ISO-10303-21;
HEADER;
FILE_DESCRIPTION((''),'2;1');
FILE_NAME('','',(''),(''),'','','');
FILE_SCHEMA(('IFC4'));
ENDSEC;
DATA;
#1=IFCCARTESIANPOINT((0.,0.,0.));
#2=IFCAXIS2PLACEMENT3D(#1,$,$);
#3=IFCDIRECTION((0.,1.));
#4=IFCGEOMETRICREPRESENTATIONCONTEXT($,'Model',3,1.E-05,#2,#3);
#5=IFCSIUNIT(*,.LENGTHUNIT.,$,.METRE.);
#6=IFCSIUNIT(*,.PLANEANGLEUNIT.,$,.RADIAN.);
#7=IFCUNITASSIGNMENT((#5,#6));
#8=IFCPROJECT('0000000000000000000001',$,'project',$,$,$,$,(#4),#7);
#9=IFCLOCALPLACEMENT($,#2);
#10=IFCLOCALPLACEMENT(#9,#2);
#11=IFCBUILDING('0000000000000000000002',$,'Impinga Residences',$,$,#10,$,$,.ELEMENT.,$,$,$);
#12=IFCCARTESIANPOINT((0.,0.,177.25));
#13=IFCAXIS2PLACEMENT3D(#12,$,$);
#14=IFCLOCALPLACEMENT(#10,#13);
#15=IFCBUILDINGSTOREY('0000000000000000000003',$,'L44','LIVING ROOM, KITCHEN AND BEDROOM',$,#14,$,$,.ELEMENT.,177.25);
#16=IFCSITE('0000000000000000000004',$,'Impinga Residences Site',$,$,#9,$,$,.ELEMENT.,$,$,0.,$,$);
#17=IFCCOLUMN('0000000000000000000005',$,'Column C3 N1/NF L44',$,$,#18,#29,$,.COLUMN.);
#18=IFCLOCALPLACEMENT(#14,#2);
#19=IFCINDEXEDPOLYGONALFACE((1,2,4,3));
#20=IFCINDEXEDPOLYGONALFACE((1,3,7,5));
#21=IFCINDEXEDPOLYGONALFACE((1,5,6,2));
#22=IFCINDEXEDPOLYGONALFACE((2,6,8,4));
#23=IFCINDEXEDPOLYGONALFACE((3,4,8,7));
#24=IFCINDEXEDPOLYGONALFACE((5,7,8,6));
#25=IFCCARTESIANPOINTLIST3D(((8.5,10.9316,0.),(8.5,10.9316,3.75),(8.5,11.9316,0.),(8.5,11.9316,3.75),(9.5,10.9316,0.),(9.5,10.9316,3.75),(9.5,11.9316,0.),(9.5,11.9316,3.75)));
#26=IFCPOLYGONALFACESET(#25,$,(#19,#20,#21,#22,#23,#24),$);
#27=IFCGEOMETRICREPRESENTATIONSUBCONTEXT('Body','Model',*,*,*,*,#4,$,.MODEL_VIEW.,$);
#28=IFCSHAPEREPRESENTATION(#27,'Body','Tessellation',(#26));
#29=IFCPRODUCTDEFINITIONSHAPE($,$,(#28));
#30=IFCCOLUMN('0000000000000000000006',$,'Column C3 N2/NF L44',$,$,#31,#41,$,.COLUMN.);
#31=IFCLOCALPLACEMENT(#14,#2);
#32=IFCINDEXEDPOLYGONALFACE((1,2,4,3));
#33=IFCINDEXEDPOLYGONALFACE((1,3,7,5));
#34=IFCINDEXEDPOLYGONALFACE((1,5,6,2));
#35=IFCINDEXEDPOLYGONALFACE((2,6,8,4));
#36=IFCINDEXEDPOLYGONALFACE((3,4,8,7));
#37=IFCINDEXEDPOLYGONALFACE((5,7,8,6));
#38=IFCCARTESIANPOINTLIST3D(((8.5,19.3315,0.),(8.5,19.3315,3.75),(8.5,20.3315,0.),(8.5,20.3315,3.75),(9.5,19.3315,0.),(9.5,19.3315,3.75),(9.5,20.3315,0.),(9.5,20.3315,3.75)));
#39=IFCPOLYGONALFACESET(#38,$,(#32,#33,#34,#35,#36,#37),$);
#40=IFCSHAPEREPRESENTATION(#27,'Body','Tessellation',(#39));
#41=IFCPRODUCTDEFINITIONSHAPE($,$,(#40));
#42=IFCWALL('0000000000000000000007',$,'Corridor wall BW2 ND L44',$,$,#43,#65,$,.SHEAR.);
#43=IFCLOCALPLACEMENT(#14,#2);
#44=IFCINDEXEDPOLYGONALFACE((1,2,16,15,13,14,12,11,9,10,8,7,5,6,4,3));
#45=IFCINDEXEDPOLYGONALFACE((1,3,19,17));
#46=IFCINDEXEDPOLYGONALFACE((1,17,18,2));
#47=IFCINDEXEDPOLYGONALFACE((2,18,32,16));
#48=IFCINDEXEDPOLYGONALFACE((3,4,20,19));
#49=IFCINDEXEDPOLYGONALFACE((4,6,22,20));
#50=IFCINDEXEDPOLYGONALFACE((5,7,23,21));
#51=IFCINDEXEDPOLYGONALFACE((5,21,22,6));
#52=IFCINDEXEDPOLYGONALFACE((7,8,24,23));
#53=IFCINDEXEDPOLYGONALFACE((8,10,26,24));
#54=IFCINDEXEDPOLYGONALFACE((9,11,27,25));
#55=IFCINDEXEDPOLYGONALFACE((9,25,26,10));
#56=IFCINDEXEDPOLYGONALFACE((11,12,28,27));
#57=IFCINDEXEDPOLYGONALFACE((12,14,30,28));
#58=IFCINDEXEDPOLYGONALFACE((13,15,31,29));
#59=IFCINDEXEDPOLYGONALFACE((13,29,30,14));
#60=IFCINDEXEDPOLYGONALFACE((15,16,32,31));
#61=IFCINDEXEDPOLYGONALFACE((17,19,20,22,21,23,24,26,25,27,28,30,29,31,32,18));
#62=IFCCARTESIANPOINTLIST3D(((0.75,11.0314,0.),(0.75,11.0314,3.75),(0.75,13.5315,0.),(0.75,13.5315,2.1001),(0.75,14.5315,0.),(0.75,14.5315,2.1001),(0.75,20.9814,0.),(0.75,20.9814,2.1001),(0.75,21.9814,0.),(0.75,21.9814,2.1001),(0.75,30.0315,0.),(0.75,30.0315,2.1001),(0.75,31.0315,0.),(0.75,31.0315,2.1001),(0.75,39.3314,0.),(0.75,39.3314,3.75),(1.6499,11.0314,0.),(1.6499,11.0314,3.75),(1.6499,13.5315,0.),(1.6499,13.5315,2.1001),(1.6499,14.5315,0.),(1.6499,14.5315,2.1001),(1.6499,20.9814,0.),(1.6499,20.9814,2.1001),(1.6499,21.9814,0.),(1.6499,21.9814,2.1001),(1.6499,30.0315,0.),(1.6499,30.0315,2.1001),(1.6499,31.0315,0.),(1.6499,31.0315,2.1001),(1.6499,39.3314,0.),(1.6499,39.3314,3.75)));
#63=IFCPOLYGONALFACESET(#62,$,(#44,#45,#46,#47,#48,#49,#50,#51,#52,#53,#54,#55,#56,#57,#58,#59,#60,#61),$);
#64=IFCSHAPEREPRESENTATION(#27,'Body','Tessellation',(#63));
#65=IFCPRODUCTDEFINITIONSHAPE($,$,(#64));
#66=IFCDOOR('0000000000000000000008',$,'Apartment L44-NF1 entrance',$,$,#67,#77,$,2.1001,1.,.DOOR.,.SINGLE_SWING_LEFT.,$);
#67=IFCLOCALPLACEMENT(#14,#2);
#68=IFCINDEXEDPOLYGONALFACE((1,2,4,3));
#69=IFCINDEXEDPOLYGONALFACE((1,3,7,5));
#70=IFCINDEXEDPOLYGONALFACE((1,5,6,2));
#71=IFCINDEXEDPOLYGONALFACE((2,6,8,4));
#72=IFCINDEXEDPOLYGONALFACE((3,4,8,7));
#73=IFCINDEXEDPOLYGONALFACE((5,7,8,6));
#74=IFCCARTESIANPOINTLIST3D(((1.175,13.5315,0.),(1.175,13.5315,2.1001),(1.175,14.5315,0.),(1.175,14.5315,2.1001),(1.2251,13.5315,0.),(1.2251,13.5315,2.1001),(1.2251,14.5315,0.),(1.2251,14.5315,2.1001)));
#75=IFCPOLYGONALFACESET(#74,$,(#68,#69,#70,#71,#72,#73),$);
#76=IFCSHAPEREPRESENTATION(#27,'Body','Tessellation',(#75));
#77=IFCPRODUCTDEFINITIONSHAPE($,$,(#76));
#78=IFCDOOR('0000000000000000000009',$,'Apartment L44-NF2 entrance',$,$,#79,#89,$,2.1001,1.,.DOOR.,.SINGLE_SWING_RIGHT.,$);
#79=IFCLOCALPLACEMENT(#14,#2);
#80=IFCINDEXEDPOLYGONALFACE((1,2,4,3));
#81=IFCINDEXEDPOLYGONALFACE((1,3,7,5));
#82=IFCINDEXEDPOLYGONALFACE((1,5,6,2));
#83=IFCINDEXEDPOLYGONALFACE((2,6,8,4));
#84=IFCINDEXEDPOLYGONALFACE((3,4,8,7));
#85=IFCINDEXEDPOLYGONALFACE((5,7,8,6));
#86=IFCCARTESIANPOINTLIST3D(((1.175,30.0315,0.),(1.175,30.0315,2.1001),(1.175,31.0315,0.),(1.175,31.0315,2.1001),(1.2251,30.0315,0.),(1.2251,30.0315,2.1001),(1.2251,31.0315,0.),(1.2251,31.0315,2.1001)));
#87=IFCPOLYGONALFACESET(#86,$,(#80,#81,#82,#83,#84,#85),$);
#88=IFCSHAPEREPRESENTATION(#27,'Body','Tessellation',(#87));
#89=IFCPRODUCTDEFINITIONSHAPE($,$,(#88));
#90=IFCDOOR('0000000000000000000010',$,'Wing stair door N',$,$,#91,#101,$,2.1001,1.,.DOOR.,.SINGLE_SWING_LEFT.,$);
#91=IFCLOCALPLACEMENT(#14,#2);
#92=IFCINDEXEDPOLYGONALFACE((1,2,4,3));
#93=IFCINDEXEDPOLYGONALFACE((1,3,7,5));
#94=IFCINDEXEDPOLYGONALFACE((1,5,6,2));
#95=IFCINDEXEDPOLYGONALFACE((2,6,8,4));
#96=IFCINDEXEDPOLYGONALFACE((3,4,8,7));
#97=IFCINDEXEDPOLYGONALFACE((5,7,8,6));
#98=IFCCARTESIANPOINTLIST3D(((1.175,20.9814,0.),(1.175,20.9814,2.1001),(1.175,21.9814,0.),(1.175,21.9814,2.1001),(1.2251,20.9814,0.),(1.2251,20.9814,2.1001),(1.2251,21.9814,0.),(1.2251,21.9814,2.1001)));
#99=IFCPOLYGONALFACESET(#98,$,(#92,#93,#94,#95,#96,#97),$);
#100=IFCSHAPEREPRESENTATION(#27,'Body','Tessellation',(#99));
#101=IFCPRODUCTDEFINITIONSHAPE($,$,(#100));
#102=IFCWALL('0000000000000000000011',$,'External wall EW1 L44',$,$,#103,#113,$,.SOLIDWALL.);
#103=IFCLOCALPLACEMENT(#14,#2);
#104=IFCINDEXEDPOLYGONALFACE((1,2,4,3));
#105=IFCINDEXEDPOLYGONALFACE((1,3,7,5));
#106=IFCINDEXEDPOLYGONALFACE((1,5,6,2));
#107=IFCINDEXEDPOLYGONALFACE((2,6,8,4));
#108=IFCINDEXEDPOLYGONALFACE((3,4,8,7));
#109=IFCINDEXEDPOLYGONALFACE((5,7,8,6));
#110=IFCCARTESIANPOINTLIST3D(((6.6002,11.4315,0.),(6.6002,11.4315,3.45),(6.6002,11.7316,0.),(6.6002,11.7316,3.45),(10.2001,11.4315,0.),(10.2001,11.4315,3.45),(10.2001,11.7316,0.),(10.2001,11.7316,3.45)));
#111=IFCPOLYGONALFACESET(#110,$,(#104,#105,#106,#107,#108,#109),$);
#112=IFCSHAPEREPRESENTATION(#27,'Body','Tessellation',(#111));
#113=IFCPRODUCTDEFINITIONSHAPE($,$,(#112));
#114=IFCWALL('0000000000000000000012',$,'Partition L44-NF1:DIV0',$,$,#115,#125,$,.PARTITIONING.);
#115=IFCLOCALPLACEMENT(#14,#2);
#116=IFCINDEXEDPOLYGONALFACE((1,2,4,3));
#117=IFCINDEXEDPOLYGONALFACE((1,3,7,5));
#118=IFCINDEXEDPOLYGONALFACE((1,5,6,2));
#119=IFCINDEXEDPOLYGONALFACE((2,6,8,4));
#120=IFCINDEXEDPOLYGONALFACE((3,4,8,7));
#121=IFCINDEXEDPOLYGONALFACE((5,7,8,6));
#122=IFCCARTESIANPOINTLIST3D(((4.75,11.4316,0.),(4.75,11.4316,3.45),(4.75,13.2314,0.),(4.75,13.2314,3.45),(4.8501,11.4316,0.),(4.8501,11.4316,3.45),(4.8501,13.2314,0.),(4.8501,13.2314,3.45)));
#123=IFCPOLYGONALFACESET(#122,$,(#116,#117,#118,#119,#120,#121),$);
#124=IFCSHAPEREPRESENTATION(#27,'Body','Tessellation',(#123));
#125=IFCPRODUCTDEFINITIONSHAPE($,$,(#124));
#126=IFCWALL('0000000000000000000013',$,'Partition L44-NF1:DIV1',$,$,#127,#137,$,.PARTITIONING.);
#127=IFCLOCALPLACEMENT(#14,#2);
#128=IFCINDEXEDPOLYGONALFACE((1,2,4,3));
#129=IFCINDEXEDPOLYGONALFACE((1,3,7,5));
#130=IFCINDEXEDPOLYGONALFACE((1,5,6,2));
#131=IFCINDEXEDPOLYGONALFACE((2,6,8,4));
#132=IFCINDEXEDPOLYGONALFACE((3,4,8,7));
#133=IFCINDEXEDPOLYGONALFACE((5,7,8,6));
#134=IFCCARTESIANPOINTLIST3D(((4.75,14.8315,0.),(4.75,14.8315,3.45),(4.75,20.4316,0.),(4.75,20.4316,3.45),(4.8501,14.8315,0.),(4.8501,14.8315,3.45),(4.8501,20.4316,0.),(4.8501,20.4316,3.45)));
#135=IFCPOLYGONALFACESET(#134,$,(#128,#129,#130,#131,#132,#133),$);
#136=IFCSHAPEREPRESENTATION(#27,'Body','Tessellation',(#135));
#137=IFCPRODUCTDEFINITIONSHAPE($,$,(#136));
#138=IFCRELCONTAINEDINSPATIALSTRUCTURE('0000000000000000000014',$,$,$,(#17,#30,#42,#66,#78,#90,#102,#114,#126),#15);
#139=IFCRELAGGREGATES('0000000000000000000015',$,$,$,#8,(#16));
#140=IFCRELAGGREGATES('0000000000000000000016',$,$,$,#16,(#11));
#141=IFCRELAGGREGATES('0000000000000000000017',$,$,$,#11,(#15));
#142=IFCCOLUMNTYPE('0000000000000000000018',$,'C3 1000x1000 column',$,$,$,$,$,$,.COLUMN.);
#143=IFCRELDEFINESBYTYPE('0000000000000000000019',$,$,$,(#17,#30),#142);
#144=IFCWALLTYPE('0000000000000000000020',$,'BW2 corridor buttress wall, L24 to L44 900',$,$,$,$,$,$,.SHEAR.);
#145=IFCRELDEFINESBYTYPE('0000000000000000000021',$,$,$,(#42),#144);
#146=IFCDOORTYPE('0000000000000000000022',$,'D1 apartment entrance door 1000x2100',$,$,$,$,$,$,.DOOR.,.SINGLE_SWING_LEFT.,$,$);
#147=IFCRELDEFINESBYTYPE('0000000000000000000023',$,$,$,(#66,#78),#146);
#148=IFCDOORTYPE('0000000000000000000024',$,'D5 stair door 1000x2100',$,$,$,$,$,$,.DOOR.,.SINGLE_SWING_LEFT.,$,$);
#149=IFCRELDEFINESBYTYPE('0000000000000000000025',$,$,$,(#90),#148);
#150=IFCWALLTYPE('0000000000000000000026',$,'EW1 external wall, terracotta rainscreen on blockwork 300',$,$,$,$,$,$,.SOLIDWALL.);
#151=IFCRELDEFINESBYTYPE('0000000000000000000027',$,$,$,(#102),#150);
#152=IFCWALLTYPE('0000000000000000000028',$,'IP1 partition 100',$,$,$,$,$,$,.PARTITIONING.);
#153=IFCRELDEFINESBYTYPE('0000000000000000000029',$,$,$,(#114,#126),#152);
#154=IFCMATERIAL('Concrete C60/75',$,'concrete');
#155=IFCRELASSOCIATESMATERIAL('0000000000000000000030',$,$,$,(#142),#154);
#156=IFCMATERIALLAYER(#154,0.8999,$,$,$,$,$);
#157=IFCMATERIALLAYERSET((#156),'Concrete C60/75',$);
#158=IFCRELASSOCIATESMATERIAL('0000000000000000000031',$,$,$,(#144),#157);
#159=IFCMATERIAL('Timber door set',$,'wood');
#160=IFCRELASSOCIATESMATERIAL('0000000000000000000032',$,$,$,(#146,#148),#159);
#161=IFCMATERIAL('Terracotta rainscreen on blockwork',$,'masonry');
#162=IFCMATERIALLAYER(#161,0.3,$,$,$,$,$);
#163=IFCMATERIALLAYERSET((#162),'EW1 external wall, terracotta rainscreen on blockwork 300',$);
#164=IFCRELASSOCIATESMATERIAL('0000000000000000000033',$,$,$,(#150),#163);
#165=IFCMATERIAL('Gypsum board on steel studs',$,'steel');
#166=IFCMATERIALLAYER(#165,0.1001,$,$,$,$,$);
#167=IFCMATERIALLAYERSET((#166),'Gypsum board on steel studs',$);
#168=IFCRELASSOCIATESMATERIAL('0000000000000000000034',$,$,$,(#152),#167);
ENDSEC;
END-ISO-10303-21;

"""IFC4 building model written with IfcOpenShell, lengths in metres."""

from ifc_helpers import new_model, si_unit, direction, frame, frame_2d, origin, origin_2d, place, context, subcontext, project, spatial, rectangle, extrude, material, layer, layer_set, material_profile, profile_set, type_object, element, fill, save


model = new_model("IFC4")

# Units and contexts
model_context = context("Model", 3, precision=1e-05, world=origin(), true_north=direction((0.0, 1.0)))
body_context = subcontext(model_context, "Body", "Model", "MODEL_VIEW")
ifc_project = project(units=[si_unit("LENGTHUNIT", "METRE"), si_unit("PLANEANGLEUNIT", "RADIAN")], contexts=[model_context])

# Site, building, storey
site_placement = place(None, origin())
site = spatial("IfcSite", under=ifc_project, at=site_placement, Name="Impinga Residences Site", CompositionType="ELEMENT", RefElevation=0.0)
building_placement = place(site_placement, origin())
building = spatial("IfcBuilding", under=site, at=building_placement, Name="Impinga Residences", CompositionType="ELEMENT")
storey_placement = place(building_placement, frame((0.0, 0.0, 177.25)))
storey = spatial("IfcBuildingStorey", under=building, at=storey_placement, Name="L44", Description="LIVING ROOM, KITCHEN AND BEDROOM", CompositionType="ELEMENT", Elevation=177.25)

# Columns
ifc_material_1 = material(Name="Concrete C60/75", Category="concrete")
ifc_material_profile = material_profile(ifc_material_1, rectangle(XDim=1.0, YDim=1.0, at=origin_2d()), Name="RC 1000x1000")
ifc_profile_set = profile_set([ifc_material_profile], Name="Concrete C60/75")
column_type = type_object("IfcColumnType", Name="C3 1000x1000 column", PredefinedType="COLUMN", material=ifc_profile_set)
for number, where, z_axis, x_axis, name in (
    (1, (9.0, 11.4316, 0.0), (0.0, 0.0, 1.0), (1.0, 0.0, 0.0), "Column C3 N1/NF L44"),
    (2, (9.0, 19.8315, 0.0), (0.0, 0.0, 1.0), (1.0, 0.0, 0.0), "Column C3 N2/NF L44"),
):
    element("IfcColumn", number, at=place(storey_placement, frame(where, z_axis=z_axis, x_axis=x_axis)), inside=storey, type_object=column_type, Name=name, PredefinedType="COLUMN", context=body_context, shape_type="SweptSolid", body=[
        extrude(rectangle(XDim=1.0, YDim=1.0, at=origin_2d()), origin(), (0.0, 0.0, 1.0), 3.75),
    ])

# Wall, openings, doors
ifc_layer_1 = layer(ifc_material_1, 0.8999)
ifc_layer_set_1 = layer_set([ifc_layer_1], Name="Concrete C60/75")
wall_type_1 = type_object("IfcWallType", Name="BW2 corridor buttress wall, L24 to L44 900", PredefinedType="SHEAR", material=ifc_layer_set_1)
wall_1_placement = place(storey_placement, frame((1.2, 11.0315, 0.0), z_axis=(0.0, 0.0, 1.0), x_axis=(0.0, 1.0, 0.0)))
wall_1 = element("IfcWall", 3, at=wall_1_placement, inside=storey, type_object=wall_type_1, Name="Corridor wall BW2 ND L44", PredefinedType="SHEAR", context=body_context, shape_type="SweptSolid", body=[
    extrude(rectangle(XDim=28.3, YDim=0.8999, at=frame_2d((14.1499, 0.0))), origin(), (0.0, 0.0, 1.0), 3.75),
])
opening_1_placement = place(wall_1_placement, frame((9.95, 0.0, 0.0)))
opening_1 = element("IfcOpeningElement", 4, at=opening_1_placement, cuts=wall_1, PredefinedType="OPENING", context=body_context, shape_type="SweptSolid", body=[
    extrude(rectangle(XDim=1.0, YDim=2.1001, at=frame_2d((0.5, 1.05))), frame((0.0, 0.46, 0.0), z_axis=(0.0, -1.0, 0.0), x_axis=(1.0, 0.0, 0.0)), (0.0, 0.0, 1.0), 0.9199),
])
opening_2_placement = place(wall_1_placement, frame((2.5, 0.0, 0.0)))
opening_2 = element("IfcOpeningElement", 5, at=opening_2_placement, cuts=wall_1, PredefinedType="OPENING", context=body_context, shape_type="SweptSolid", body=[
    extrude(rectangle(XDim=1.0, YDim=2.1001, at=frame_2d((0.5, 1.05))), frame((0.0, 0.46, 0.0), z_axis=(0.0, -1.0, 0.0), x_axis=(1.0, 0.0, 0.0)), (0.0, 0.0, 1.0), 0.9199),
])
opening_3_placement = place(wall_1_placement, frame((19.0, 0.0, 0.0)))
opening_3 = element("IfcOpeningElement", 6, at=opening_3_placement, cuts=wall_1, PredefinedType="OPENING", context=body_context, shape_type="SweptSolid", body=[
    extrude(rectangle(XDim=1.0, YDim=2.1001, at=frame_2d((0.5, 1.05))), frame((0.0, 0.46, 0.0), z_axis=(0.0, -1.0, 0.0), x_axis=(1.0, 0.0, 0.0)), (0.0, 0.0, 1.0), 0.9199),
])
ifc_material_2 = material(Name="Timber door set", Category="wood")
door_type_1 = type_object("IfcDoorType", Name="D1 apartment entrance door 1000x2100", OperationType="SINGLE_SWING_LEFT", PredefinedType="DOOR", material=ifc_material_2)
door_1_placement = place(opening_2_placement, origin())
door_1 = element("IfcDoor", 7, at=door_1_placement, inside=storey, type_object=door_type_1, Name="Apartment L44-NF1 entrance", OperationType="SINGLE_SWING_LEFT", OverallHeight=2.1001, OverallWidth=1.0, PredefinedType="DOOR", context=body_context, shape_type="SweptSolid", body=[
    extrude(rectangle(XDim=1.0, YDim=2.1001, at=frame_2d((0.5, 1.05))), frame((0.0, 0.0249, 0.0), z_axis=(0.0, -1.0, 0.0), x_axis=(1.0, 0.0, 0.0)), (0.0, 0.0, 1.0), 0.05),
])
fill(opening_2, door_1)
door_2_placement = place(opening_3_placement, origin())
door_2 = element("IfcDoor", 8, at=door_2_placement, inside=storey, type_object=door_type_1, Name="Apartment L44-NF2 entrance", OperationType="SINGLE_SWING_RIGHT", OverallHeight=2.1001, OverallWidth=1.0, PredefinedType="DOOR", context=body_context, shape_type="SweptSolid", body=[
    extrude(rectangle(XDim=1.0, YDim=2.1001, at=frame_2d((0.5, 1.05))), frame((0.0, 0.0249, 0.0), z_axis=(0.0, -1.0, 0.0), x_axis=(1.0, 0.0, 0.0)), (0.0, 0.0, 1.0), 0.05),
])
fill(opening_3, door_2)
door_type_2 = type_object("IfcDoorType", Name="D5 stair door 1000x2100", OperationType="SINGLE_SWING_LEFT", PredefinedType="DOOR", material=ifc_material_2)
door_3_placement = place(opening_1_placement, origin())
door_3 = element("IfcDoor", 9, at=door_3_placement, inside=storey, type_object=door_type_2, Name="Wing stair door N", OperationType="SINGLE_SWING_LEFT", OverallHeight=2.1001, OverallWidth=1.0, PredefinedType="DOOR", context=body_context, shape_type="SweptSolid", body=[
    extrude(rectangle(XDim=1.0, YDim=2.1001, at=frame_2d((0.5, 1.05))), frame((0.0, 0.0249, 0.0), z_axis=(0.0, -1.0, 0.0), x_axis=(1.0, 0.0, 0.0)), (0.0, 0.0, 1.0), 0.05),
])
fill(opening_1, door_3)

# Walls
ifc_material_3 = material(Name="Terracotta rainscreen on blockwork", Category="masonry")
ifc_layer_2 = layer(ifc_material_3, 0.3)
ifc_layer_set_2 = layer_set([ifc_layer_2], Name="EW1 external wall, terracotta rainscreen on blockwork 300")
wall_type_2 = type_object("IfcWallType", Name="EW1 external wall, terracotta rainscreen on blockwork 300", PredefinedType="SOLIDWALL", material=ifc_layer_set_2)
wall_2_placement = place(storey_placement, frame((10.2, 11.5815, 0.0), z_axis=(0.0, 0.0, 1.0), x_axis=(-1.0, 0.0, 0.0)))
element("IfcWall", 10, at=wall_2_placement, inside=storey, type_object=wall_type_2, Name="External wall EW1 L44", PredefinedType="SOLIDWALL", context=body_context, shape_type="SweptSolid", body=[
    extrude(rectangle(XDim=3.5999, YDim=0.3, at=frame_2d((1.7998, 0.0))), origin(), (0.0, 0.0, 1.0), 3.45),
])
ifc_material_4 = material(Name="Gypsum board on steel studs", Category="steel")
ifc_layer_3 = layer(ifc_material_4, 0.1001)
ifc_layer_set_3 = layer_set([ifc_layer_3], Name="Gypsum board on steel studs")
wall_type_3 = type_object("IfcWallType", Name="IP1 partition 100", PredefinedType="PARTITIONING", material=ifc_layer_set_3)
wall_3_placement = place(storey_placement, frame((4.8, 11.4316, 0.0), z_axis=(0.0, 0.0, 1.0), x_axis=(0.0, 1.0, 0.0)))
element("IfcWall", 11, at=wall_3_placement, inside=storey, type_object=wall_type_3, Name="Partition L44-NF1:DIV0", PredefinedType="PARTITIONING", context=body_context, shape_type="SweptSolid", body=[
    extrude(rectangle(XDim=1.7998, YDim=0.1001, at=frame_2d((0.8999, 0.0))), origin(), (0.0, 0.0, 1.0), 3.45),
])
wall_4_placement = place(storey_placement, frame((4.8, 14.8315, 0.0), z_axis=(0.0, 0.0, 1.0), x_axis=(0.0, 1.0, 0.0)))
element("IfcWall", 12, at=wall_4_placement, inside=storey, type_object=wall_type_3, Name="Partition L44-NF1:DIV1", PredefinedType="PARTITIONING", context=body_context, shape_type="SweptSolid", body=[
    extrude(rectangle(XDim=5.6001, YDim=0.1001, at=frame_2d((2.8, 0.0))), origin(), (0.0, 0.0, 1.0), 3.45),
])

save(model, "model.ifc")
